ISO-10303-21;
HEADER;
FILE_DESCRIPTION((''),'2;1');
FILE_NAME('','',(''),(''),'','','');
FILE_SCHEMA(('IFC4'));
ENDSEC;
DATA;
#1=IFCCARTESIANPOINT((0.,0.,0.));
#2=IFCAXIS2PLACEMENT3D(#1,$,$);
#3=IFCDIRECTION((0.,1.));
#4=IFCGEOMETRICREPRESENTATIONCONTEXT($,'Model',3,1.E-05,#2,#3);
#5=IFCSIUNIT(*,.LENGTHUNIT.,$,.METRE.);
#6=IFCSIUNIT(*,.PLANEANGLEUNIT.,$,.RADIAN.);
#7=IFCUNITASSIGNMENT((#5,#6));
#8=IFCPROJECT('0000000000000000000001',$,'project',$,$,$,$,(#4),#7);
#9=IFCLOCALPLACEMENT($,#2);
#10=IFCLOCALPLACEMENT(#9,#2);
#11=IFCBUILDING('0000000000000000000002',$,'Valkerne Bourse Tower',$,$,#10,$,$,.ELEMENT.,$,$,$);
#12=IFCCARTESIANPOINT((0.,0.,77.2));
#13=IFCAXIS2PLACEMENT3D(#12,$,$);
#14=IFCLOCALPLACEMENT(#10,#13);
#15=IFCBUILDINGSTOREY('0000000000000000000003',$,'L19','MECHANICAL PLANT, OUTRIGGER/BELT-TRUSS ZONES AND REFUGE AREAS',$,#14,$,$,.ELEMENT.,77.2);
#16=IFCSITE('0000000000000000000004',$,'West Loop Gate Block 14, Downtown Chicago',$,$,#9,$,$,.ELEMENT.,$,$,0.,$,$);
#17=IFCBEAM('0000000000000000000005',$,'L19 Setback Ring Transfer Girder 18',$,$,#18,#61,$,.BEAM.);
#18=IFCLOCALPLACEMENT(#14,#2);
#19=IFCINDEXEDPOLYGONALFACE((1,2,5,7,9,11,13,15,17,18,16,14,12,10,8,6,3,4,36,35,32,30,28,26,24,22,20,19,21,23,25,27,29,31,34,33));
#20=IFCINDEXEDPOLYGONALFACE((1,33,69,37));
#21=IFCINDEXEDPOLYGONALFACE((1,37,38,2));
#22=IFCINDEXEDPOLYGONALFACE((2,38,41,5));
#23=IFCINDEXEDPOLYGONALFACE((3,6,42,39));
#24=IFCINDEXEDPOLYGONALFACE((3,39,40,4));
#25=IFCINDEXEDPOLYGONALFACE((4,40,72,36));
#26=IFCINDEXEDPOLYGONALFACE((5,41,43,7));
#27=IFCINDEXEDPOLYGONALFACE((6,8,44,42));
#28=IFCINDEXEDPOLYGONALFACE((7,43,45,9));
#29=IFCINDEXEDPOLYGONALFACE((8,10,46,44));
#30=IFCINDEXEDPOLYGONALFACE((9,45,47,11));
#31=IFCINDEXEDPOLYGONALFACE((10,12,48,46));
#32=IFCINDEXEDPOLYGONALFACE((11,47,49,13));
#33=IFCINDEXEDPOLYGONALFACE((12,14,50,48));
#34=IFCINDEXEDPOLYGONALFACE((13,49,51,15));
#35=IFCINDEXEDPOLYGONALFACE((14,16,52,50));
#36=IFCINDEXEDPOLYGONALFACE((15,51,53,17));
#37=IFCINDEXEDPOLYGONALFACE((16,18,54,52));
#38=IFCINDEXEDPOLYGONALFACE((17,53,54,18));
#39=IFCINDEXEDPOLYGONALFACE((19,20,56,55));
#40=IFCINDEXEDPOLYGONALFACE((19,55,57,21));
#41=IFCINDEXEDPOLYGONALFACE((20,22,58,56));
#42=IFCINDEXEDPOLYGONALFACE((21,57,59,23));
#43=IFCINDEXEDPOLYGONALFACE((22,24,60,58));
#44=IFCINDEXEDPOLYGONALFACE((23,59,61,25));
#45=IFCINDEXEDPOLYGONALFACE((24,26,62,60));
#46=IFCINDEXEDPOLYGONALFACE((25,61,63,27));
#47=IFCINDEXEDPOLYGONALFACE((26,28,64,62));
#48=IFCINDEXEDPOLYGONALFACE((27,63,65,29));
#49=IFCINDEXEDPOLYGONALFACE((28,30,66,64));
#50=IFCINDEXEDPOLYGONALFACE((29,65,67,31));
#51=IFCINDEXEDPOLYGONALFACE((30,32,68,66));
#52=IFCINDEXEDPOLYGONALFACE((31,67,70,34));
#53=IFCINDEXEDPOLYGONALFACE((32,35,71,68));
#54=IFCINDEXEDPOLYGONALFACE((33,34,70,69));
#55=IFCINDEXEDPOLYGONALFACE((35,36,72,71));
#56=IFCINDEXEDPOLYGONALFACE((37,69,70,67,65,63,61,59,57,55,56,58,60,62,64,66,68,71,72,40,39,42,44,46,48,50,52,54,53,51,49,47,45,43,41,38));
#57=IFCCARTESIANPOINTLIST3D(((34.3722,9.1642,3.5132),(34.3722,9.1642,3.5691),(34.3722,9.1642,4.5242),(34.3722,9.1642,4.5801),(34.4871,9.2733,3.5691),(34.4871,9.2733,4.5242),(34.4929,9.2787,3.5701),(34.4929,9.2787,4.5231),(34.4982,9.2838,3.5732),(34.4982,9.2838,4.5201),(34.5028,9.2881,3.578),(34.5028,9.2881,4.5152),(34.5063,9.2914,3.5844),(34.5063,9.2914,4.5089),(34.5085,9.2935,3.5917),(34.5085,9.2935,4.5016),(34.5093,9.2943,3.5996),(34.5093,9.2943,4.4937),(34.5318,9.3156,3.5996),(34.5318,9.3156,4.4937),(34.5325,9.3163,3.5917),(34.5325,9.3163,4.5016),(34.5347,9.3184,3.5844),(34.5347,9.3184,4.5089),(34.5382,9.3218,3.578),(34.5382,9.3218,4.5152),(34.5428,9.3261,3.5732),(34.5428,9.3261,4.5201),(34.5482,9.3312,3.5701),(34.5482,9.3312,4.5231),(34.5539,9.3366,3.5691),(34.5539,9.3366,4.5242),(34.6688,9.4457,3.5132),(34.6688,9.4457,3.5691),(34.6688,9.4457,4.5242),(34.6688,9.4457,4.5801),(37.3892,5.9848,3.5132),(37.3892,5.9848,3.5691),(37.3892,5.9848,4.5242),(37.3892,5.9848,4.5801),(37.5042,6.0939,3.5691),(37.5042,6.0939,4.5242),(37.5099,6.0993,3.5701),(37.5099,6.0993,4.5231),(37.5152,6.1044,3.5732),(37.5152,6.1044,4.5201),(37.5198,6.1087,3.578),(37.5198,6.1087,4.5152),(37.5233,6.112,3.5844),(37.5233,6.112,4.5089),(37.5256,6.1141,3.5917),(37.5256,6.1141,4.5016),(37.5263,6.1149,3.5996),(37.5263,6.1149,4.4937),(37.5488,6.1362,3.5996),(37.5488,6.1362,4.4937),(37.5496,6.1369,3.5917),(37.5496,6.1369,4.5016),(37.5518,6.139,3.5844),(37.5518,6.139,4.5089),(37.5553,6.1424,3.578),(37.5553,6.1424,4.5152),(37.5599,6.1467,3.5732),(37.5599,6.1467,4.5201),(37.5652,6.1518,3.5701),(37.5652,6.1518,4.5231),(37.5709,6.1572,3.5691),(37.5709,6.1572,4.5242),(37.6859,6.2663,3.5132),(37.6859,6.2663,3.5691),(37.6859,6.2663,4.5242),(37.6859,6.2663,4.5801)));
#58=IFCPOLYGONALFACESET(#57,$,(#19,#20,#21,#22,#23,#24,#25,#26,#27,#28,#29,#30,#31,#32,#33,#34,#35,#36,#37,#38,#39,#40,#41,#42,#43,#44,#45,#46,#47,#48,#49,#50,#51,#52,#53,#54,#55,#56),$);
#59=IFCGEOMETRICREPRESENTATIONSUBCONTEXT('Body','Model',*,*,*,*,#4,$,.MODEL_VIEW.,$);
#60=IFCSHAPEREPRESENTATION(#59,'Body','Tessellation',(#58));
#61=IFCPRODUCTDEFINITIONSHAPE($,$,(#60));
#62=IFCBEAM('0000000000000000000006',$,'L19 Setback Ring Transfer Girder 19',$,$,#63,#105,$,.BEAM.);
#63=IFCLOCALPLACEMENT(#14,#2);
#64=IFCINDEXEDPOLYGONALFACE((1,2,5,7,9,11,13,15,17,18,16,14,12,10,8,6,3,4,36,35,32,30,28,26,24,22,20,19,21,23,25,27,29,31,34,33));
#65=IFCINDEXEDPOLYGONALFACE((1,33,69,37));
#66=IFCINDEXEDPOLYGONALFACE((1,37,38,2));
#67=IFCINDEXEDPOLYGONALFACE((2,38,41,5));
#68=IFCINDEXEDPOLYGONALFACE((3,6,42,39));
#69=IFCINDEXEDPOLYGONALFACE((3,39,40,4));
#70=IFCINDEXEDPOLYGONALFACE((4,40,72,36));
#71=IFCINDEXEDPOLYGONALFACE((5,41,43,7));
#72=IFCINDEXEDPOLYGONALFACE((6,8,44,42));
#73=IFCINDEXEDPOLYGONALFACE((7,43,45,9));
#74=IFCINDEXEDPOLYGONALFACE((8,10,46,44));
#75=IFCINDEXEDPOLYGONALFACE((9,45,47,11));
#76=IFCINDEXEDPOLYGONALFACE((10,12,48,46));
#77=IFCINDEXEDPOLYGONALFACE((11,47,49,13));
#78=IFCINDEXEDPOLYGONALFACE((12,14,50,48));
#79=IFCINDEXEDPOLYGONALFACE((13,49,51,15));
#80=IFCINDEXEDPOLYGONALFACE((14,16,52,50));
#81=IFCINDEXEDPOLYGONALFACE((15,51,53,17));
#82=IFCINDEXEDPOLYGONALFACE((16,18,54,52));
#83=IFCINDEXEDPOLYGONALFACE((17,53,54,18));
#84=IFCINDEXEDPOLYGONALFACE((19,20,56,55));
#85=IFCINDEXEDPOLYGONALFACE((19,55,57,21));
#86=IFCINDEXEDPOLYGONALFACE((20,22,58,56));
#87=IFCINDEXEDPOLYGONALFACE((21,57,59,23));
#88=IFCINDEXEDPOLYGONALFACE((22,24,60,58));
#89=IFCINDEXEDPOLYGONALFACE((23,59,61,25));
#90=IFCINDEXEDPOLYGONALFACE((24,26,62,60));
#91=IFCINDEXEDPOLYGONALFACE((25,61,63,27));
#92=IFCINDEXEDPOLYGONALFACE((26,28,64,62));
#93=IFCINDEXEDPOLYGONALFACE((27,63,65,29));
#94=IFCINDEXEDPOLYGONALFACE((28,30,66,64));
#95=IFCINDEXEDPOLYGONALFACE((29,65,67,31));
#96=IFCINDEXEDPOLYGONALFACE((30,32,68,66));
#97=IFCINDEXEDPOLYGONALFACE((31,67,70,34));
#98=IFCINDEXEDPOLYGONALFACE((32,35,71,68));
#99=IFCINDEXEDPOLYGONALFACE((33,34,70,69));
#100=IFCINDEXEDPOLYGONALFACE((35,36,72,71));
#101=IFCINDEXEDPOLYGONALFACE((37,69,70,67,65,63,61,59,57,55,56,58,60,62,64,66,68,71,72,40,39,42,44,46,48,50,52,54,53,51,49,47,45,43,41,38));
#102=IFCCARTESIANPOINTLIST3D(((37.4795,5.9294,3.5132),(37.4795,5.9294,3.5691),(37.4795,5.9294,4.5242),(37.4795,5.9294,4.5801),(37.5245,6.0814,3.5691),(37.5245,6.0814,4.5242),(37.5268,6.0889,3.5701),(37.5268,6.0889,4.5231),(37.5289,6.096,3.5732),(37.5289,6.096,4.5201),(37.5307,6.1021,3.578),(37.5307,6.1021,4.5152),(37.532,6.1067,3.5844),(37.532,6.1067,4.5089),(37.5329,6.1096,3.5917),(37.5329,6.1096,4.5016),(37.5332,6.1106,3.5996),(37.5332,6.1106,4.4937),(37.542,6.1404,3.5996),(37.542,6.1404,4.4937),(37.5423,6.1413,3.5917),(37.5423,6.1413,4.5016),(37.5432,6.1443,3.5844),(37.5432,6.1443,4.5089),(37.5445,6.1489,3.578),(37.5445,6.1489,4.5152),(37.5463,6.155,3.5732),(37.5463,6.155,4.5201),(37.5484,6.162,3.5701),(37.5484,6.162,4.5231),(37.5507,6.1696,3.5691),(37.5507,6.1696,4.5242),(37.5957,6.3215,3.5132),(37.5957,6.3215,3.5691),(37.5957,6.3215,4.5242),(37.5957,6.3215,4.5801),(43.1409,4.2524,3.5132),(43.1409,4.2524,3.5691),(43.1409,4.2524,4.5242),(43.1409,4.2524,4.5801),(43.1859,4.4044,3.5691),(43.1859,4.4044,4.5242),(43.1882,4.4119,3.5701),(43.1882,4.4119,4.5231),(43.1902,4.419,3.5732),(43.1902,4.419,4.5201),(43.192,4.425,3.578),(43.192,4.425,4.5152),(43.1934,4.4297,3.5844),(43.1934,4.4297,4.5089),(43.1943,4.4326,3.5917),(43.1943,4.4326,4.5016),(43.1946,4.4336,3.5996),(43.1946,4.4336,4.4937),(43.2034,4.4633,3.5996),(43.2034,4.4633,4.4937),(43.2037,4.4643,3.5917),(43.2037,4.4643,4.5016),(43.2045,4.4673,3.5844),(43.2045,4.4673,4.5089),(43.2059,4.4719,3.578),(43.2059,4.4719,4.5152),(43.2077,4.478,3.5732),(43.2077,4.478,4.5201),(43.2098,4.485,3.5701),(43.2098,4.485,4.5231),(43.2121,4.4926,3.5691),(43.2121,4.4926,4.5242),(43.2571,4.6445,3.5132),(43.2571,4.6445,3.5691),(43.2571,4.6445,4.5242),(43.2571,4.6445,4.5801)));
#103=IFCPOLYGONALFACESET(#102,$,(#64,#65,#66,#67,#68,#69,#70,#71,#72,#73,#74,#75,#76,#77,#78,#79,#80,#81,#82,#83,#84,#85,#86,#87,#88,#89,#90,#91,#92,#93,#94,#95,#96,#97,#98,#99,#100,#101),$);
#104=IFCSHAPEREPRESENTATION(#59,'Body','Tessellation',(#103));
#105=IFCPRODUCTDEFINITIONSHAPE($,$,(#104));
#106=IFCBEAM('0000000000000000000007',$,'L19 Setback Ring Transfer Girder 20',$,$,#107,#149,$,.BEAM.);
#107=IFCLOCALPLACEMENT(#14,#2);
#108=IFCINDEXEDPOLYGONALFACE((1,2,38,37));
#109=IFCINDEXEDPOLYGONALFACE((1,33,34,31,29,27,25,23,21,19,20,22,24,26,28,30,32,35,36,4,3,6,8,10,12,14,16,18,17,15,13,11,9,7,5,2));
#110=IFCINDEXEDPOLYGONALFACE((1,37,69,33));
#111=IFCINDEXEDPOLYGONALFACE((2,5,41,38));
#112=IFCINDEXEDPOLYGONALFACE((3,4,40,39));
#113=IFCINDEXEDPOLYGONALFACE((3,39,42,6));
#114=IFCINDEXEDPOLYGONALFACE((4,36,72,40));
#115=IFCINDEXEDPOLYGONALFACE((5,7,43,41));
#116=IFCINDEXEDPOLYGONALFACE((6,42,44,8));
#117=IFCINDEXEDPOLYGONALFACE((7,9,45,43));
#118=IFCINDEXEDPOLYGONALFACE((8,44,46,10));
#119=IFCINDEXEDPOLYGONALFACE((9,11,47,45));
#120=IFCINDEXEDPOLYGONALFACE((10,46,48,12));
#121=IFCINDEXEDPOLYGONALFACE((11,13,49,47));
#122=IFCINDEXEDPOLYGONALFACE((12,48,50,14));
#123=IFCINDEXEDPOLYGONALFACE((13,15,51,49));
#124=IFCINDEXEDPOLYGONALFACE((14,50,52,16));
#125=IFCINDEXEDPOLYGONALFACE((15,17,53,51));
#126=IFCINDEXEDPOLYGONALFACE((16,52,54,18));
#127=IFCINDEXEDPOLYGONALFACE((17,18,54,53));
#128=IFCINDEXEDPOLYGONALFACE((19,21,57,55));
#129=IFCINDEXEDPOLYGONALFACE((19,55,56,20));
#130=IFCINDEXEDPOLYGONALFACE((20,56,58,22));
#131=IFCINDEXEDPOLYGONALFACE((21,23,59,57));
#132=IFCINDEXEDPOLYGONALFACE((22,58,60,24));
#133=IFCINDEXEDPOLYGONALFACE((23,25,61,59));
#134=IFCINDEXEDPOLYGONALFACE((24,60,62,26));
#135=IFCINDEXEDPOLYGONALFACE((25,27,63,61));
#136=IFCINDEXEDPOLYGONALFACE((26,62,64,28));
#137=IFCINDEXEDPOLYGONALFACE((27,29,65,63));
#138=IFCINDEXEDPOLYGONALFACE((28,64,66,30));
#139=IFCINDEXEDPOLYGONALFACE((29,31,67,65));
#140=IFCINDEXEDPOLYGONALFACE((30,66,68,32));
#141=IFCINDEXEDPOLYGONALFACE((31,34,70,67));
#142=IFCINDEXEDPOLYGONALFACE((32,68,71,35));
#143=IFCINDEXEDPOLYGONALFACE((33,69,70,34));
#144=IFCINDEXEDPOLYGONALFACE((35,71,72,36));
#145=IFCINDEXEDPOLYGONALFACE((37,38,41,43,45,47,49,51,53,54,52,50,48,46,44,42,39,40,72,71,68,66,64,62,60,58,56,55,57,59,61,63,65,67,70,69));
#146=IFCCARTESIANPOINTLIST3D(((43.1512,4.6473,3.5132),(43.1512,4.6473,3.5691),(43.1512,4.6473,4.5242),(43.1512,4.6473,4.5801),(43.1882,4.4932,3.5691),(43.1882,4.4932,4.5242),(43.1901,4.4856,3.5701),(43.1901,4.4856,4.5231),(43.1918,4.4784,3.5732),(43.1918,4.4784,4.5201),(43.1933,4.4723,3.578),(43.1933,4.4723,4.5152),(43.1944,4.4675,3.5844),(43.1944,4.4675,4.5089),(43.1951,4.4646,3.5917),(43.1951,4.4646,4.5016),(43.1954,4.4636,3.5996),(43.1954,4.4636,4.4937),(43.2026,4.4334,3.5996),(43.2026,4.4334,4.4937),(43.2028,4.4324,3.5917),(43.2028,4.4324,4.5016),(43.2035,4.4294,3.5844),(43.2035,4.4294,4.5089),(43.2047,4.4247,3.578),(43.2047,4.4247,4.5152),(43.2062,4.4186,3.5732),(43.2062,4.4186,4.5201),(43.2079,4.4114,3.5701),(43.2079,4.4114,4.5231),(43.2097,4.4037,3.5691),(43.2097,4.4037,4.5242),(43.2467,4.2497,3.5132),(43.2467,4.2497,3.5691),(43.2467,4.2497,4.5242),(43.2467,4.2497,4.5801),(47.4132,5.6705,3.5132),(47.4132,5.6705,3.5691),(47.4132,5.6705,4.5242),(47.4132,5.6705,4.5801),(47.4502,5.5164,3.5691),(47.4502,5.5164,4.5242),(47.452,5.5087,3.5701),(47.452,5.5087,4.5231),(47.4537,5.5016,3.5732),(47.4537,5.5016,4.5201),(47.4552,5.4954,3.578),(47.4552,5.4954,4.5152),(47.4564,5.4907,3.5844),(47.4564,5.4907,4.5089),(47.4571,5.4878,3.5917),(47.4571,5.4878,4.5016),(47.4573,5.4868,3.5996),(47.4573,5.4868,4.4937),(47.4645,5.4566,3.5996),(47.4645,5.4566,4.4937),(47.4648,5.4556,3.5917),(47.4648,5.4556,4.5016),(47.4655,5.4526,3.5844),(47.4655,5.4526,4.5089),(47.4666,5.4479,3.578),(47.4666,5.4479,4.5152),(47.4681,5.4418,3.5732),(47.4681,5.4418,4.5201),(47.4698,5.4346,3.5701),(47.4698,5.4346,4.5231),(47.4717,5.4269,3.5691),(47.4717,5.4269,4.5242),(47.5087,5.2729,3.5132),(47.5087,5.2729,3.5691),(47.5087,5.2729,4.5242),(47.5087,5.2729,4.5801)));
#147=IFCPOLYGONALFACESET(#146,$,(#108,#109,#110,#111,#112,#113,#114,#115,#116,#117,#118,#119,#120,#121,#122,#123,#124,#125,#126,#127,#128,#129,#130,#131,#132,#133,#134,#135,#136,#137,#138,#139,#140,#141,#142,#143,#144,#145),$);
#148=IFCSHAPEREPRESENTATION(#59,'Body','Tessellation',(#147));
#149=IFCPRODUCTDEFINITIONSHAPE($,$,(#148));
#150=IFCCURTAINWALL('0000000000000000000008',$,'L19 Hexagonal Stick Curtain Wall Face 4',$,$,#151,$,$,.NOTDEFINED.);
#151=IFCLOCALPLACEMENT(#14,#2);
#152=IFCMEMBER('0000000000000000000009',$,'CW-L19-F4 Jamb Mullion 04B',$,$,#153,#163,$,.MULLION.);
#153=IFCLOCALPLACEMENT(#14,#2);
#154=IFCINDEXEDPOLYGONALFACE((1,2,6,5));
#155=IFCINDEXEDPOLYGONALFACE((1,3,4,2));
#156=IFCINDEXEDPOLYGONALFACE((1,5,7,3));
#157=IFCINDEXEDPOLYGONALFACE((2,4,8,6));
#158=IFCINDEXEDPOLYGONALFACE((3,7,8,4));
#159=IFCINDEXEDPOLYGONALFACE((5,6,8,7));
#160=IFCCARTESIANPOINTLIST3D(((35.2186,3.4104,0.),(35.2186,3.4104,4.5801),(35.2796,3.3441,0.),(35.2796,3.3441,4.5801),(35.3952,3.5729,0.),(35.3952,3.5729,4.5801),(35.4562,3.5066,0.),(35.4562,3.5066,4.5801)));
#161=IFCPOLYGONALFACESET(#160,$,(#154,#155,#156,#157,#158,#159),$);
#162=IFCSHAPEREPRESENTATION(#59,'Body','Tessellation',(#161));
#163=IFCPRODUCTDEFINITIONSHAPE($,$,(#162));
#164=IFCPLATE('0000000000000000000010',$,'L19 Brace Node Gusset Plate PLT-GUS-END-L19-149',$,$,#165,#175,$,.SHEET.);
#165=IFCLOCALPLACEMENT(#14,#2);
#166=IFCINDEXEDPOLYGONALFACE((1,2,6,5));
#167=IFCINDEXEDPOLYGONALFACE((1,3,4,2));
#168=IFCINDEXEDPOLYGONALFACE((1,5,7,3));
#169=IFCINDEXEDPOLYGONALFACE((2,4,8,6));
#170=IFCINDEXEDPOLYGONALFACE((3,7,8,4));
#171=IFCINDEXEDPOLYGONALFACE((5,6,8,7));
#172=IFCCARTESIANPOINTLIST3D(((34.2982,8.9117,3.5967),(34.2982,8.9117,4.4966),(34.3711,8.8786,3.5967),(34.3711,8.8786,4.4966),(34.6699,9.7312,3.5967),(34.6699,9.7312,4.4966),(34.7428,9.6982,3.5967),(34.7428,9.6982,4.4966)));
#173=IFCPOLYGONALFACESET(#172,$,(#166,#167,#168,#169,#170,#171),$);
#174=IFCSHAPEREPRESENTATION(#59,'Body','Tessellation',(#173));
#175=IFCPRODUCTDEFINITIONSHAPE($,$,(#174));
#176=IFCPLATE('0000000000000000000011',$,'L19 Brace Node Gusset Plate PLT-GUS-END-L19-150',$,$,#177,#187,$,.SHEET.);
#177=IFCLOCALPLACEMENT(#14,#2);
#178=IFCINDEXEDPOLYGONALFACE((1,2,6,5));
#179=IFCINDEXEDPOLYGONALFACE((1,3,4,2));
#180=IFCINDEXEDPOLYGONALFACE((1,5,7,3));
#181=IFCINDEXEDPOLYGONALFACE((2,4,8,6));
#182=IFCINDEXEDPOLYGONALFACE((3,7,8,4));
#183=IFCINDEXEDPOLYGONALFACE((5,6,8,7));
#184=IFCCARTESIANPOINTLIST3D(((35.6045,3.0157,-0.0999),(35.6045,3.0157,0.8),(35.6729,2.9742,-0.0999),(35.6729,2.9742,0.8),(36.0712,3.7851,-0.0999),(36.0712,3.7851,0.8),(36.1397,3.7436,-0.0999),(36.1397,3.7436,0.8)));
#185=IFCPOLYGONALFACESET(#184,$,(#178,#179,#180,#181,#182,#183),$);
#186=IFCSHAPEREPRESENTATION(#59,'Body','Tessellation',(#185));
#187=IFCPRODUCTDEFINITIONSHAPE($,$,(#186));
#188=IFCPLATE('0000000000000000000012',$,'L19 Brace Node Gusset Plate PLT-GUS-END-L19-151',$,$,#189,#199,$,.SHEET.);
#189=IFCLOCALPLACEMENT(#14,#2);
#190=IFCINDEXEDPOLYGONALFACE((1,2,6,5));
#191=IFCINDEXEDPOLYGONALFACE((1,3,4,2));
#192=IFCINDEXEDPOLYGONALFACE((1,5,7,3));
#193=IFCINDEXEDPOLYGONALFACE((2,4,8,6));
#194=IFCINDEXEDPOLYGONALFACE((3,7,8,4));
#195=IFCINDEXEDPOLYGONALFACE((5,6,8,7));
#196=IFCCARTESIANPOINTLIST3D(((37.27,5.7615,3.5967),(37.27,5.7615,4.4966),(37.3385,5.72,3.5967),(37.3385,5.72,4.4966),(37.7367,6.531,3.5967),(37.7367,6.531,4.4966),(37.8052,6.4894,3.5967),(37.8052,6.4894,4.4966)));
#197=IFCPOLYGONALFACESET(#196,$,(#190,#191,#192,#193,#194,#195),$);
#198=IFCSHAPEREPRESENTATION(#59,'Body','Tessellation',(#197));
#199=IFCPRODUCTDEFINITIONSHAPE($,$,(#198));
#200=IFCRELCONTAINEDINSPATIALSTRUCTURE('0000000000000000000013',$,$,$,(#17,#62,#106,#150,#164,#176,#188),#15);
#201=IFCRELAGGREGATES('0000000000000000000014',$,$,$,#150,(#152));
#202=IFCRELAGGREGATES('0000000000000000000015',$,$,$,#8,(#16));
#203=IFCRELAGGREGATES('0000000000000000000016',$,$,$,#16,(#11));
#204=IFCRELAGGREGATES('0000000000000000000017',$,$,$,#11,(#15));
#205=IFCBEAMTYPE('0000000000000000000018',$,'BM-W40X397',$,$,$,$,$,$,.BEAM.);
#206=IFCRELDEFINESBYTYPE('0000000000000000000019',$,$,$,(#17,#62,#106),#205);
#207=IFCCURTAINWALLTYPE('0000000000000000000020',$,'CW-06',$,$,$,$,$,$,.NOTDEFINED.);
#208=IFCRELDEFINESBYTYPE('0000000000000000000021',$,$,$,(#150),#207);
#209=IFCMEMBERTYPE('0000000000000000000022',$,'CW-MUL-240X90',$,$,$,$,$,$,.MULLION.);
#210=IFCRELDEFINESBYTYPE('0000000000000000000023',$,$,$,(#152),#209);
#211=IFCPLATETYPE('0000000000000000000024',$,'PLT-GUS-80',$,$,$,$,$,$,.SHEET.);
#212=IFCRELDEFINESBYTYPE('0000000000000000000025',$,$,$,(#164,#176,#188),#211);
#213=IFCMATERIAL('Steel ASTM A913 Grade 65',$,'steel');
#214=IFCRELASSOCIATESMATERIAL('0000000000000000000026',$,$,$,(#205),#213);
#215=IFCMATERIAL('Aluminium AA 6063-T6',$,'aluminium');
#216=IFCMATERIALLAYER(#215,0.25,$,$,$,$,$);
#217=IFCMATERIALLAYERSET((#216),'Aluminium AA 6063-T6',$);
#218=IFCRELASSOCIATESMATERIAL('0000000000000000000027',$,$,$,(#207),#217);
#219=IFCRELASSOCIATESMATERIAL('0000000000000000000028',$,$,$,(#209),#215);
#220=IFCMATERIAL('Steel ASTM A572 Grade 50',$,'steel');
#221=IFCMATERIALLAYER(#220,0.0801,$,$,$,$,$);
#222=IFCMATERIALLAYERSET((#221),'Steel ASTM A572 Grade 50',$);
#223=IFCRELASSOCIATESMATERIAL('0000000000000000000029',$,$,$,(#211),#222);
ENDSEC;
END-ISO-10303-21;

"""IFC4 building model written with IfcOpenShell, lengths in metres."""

from ifc_helpers import new_model, si_unit, direction, frame, origin, origin_2d, place, context, subcontext, project, spatial, rectangle, i_section, extrude, material, layer, layer_set, material_profile, profile_set, type_object, element, aggregate, save


model = new_model("IFC4")

# Units and contexts
model_context = context("Model", 3, precision=1e-05, world=origin(), true_north=direction((0.0, 1.0)))
body_context = subcontext(model_context, "Body", "Model", "MODEL_VIEW")
ifc_project = project(units=[si_unit("LENGTHUNIT", "METRE"), si_unit("PLANEANGLEUNIT", "RADIAN")], contexts=[model_context])

# Site, building, storey
site_placement = place(None, origin())
site = spatial("IfcSite", under=ifc_project, at=site_placement, Name="West Loop Gate Block 14, Downtown Chicago", CompositionType="ELEMENT", RefElevation=0.0)
building_placement = place(site_placement, origin())
building = spatial("IfcBuilding", under=site, at=building_placement, Name="Valkerne Bourse Tower", CompositionType="ELEMENT")
storey_placement = place(building_placement, frame((0.0, 0.0, 77.2)))
storey = spatial("IfcBuildingStorey", under=building, at=storey_placement, Name="L19", Description="MECHANICAL PLANT, OUTRIGGER/BELT-TRUSS ZONES AND REFUGE AREAS", CompositionType="ELEMENT", Elevation=77.2)

# Beams
ifc_material_1 = material(Name="Steel ASTM A913 Grade 65", Category="steel")
ifc_material_profile_1 = material_profile(ifc_material_1, i_section(OverallWidth=0.4089, OverallDepth=1.0669, WebThickness=0.031, FlangeThickness=0.0559, FilletRadius=0.0305, at=origin_2d()), Name="W40X397")
ifc_profile_set_1 = profile_set([ifc_material_profile_1], Name="Steel ASTM A913 Grade 65")
beam_type = type_object("IfcBeamType", Name="BM-W40X397", PredefinedType="BEAM", material=ifc_profile_set_1)
beam_1_placement = place(storey_placement, frame((34.5205, 9.3049, 4.0466), z_axis=(0.688344, -0.725385, 0.0), x_axis=(0.725385, 0.688344, 0.0)))
element("IfcBeam", 1, at=beam_1_placement, inside=storey, type_object=beam_type, Name="L19 Setback Ring Transfer Girder 18", PredefinedType="BEAM", context=body_context, shape_type="SweptSolid", body=[
    extrude(i_section(OverallWidth=0.4089, OverallDepth=1.0669, WebThickness=0.031, FlangeThickness=0.0559, FilletRadius=0.0305, at=origin_2d()), origin(), (0.0, 0.0, 1.0), 4.3831),
])
beam_2_placement = place(storey_placement, frame((37.5376, 6.1255, 4.0466), z_axis=(0.958819, -0.284019, 0.0), x_axis=(0.284019, 0.958819, 0.0)))
element("IfcBeam", 2, at=beam_2_placement, inside=storey, type_object=beam_type, Name="L19 Setback Ring Transfer Girder 19", PredefinedType="BEAM", context=body_context, shape_type="SweptSolid", body=[
    extrude(i_section(OverallWidth=0.4089, OverallDepth=1.0669, WebThickness=0.031, FlangeThickness=0.0559, FilletRadius=0.0305, at=origin_2d()), origin(), (0.0, 0.0, 1.0), 5.9045),
])
beam_3_placement = place(storey_placement, frame((43.199, 4.4485, 4.0466), z_axis=(0.972371, 0.233442, 0.0), x_axis=(-0.233442, 0.972371, 0.0)))
element("IfcBeam", 3, at=beam_3_placement, inside=storey, type_object=beam_type, Name="L19 Setback Ring Transfer Girder 20", PredefinedType="BEAM", context=body_context, shape_type="SweptSolid", body=[
    extrude(i_section(OverallWidth=0.4089, OverallDepth=1.0669, WebThickness=0.031, FlangeThickness=0.0559, FilletRadius=0.0305, at=origin_2d()), origin(), (0.0, 0.0, 1.0), 4.3831),
])

# Curtain wall, member
ifc_material_2 = material(Name="Aluminium AA 6063-T6", Category="aluminium")
ifc_layer_1 = layer(ifc_material_2, 0.25)
ifc_layer_set_1 = layer_set([ifc_layer_1], Name="Aluminium AA 6063-T6")
curtain_wall_type = type_object("IfcCurtainWallType", Name="CW-06", PredefinedType="NOTDEFINED", material=ifc_layer_set_1)
curtain_wall_placement = place(storey_placement, origin())
curtain_wall = element("IfcCurtainWall", 4, at=curtain_wall_placement, inside=storey, type_object=curtain_wall_type, Name="L19 Hexagonal Stick Curtain Wall Face 4", PredefinedType="NOTDEFINED")
ifc_material_profile_2 = material_profile(ifc_material_2, rectangle(XDim=0.0901, YDim=0.24, at=origin_2d()), Name="CWM-90X240")
ifc_profile_set_2 = profile_set([ifc_material_profile_2], Name="Aluminium AA 6063-T6")
member_type = type_object("IfcMemberType", Name="CW-MUL-240X90", PredefinedType="MULLION", material=ifc_profile_set_2)
member_placement = place(storey_placement, frame((35.3374, 3.4585, 0.0), z_axis=(0.0, 0.0, 1.0), x_axis=(0.676882, -0.736092, 0.0)))
member = element("IfcMember", 5, at=member_placement, type_object=member_type, Name="CW-L19-F4 Jamb Mullion 04B", PredefinedType="MULLION", context=body_context, shape_type="SweptSolid", body=[
    extrude(rectangle(XDim=0.0901, YDim=0.24, at=origin_2d()), origin(), (0.0, 0.0, 1.0), 4.5801),
])
aggregate(curtain_wall, [member])

# Plates
ifc_material_3 = material(Name="Steel ASTM A572 Grade 50", Category="steel")
ifc_layer_2 = layer(ifc_material_3, 0.0801)
ifc_layer_set_2 = layer_set([ifc_layer_2], Name="Steel ASTM A572 Grade 50")
plate_type = type_object("IfcPlateType", Name="PLT-GUS-80", PredefinedType="SHEET", material=ifc_layer_set_2)
for number, where, z_axis, x_axis, name in (
    (6, (34.5205, 9.3049, 3.5967), (0.0, 0.0, 1.0), (0.413104, 0.910684, 0.0), "L19 Brace Node Gusset Plate PLT-GUS-END-L19-149"),
    (7, (35.8721, 3.3796, -0.0999), (0.0, 0.0, 1.0), (0.518624, 0.855002, 0.0), "L19 Brace Node Gusset Plate PLT-GUS-END-L19-150"),
    (8, (37.5376, 6.1255, 3.5967), (0.0, 0.0, 1.0), (0.518624, 0.855002, 0.0), "L19 Brace Node Gusset Plate PLT-GUS-END-L19-151"),
):
    element("IfcPlate", number, at=place(storey_placement, frame(where, z_axis=z_axis, x_axis=x_axis)), inside=storey, type_object=plate_type, Name=name, PredefinedType="SHEET", context=body_context, shape_type="SweptSolid", body=[
        extrude(rectangle(XDim=0.8999, YDim=0.0801, at=origin_2d()), origin(), (0.0, 0.0, 1.0), 0.8999),
    ])

save(model, "model.ifc")
